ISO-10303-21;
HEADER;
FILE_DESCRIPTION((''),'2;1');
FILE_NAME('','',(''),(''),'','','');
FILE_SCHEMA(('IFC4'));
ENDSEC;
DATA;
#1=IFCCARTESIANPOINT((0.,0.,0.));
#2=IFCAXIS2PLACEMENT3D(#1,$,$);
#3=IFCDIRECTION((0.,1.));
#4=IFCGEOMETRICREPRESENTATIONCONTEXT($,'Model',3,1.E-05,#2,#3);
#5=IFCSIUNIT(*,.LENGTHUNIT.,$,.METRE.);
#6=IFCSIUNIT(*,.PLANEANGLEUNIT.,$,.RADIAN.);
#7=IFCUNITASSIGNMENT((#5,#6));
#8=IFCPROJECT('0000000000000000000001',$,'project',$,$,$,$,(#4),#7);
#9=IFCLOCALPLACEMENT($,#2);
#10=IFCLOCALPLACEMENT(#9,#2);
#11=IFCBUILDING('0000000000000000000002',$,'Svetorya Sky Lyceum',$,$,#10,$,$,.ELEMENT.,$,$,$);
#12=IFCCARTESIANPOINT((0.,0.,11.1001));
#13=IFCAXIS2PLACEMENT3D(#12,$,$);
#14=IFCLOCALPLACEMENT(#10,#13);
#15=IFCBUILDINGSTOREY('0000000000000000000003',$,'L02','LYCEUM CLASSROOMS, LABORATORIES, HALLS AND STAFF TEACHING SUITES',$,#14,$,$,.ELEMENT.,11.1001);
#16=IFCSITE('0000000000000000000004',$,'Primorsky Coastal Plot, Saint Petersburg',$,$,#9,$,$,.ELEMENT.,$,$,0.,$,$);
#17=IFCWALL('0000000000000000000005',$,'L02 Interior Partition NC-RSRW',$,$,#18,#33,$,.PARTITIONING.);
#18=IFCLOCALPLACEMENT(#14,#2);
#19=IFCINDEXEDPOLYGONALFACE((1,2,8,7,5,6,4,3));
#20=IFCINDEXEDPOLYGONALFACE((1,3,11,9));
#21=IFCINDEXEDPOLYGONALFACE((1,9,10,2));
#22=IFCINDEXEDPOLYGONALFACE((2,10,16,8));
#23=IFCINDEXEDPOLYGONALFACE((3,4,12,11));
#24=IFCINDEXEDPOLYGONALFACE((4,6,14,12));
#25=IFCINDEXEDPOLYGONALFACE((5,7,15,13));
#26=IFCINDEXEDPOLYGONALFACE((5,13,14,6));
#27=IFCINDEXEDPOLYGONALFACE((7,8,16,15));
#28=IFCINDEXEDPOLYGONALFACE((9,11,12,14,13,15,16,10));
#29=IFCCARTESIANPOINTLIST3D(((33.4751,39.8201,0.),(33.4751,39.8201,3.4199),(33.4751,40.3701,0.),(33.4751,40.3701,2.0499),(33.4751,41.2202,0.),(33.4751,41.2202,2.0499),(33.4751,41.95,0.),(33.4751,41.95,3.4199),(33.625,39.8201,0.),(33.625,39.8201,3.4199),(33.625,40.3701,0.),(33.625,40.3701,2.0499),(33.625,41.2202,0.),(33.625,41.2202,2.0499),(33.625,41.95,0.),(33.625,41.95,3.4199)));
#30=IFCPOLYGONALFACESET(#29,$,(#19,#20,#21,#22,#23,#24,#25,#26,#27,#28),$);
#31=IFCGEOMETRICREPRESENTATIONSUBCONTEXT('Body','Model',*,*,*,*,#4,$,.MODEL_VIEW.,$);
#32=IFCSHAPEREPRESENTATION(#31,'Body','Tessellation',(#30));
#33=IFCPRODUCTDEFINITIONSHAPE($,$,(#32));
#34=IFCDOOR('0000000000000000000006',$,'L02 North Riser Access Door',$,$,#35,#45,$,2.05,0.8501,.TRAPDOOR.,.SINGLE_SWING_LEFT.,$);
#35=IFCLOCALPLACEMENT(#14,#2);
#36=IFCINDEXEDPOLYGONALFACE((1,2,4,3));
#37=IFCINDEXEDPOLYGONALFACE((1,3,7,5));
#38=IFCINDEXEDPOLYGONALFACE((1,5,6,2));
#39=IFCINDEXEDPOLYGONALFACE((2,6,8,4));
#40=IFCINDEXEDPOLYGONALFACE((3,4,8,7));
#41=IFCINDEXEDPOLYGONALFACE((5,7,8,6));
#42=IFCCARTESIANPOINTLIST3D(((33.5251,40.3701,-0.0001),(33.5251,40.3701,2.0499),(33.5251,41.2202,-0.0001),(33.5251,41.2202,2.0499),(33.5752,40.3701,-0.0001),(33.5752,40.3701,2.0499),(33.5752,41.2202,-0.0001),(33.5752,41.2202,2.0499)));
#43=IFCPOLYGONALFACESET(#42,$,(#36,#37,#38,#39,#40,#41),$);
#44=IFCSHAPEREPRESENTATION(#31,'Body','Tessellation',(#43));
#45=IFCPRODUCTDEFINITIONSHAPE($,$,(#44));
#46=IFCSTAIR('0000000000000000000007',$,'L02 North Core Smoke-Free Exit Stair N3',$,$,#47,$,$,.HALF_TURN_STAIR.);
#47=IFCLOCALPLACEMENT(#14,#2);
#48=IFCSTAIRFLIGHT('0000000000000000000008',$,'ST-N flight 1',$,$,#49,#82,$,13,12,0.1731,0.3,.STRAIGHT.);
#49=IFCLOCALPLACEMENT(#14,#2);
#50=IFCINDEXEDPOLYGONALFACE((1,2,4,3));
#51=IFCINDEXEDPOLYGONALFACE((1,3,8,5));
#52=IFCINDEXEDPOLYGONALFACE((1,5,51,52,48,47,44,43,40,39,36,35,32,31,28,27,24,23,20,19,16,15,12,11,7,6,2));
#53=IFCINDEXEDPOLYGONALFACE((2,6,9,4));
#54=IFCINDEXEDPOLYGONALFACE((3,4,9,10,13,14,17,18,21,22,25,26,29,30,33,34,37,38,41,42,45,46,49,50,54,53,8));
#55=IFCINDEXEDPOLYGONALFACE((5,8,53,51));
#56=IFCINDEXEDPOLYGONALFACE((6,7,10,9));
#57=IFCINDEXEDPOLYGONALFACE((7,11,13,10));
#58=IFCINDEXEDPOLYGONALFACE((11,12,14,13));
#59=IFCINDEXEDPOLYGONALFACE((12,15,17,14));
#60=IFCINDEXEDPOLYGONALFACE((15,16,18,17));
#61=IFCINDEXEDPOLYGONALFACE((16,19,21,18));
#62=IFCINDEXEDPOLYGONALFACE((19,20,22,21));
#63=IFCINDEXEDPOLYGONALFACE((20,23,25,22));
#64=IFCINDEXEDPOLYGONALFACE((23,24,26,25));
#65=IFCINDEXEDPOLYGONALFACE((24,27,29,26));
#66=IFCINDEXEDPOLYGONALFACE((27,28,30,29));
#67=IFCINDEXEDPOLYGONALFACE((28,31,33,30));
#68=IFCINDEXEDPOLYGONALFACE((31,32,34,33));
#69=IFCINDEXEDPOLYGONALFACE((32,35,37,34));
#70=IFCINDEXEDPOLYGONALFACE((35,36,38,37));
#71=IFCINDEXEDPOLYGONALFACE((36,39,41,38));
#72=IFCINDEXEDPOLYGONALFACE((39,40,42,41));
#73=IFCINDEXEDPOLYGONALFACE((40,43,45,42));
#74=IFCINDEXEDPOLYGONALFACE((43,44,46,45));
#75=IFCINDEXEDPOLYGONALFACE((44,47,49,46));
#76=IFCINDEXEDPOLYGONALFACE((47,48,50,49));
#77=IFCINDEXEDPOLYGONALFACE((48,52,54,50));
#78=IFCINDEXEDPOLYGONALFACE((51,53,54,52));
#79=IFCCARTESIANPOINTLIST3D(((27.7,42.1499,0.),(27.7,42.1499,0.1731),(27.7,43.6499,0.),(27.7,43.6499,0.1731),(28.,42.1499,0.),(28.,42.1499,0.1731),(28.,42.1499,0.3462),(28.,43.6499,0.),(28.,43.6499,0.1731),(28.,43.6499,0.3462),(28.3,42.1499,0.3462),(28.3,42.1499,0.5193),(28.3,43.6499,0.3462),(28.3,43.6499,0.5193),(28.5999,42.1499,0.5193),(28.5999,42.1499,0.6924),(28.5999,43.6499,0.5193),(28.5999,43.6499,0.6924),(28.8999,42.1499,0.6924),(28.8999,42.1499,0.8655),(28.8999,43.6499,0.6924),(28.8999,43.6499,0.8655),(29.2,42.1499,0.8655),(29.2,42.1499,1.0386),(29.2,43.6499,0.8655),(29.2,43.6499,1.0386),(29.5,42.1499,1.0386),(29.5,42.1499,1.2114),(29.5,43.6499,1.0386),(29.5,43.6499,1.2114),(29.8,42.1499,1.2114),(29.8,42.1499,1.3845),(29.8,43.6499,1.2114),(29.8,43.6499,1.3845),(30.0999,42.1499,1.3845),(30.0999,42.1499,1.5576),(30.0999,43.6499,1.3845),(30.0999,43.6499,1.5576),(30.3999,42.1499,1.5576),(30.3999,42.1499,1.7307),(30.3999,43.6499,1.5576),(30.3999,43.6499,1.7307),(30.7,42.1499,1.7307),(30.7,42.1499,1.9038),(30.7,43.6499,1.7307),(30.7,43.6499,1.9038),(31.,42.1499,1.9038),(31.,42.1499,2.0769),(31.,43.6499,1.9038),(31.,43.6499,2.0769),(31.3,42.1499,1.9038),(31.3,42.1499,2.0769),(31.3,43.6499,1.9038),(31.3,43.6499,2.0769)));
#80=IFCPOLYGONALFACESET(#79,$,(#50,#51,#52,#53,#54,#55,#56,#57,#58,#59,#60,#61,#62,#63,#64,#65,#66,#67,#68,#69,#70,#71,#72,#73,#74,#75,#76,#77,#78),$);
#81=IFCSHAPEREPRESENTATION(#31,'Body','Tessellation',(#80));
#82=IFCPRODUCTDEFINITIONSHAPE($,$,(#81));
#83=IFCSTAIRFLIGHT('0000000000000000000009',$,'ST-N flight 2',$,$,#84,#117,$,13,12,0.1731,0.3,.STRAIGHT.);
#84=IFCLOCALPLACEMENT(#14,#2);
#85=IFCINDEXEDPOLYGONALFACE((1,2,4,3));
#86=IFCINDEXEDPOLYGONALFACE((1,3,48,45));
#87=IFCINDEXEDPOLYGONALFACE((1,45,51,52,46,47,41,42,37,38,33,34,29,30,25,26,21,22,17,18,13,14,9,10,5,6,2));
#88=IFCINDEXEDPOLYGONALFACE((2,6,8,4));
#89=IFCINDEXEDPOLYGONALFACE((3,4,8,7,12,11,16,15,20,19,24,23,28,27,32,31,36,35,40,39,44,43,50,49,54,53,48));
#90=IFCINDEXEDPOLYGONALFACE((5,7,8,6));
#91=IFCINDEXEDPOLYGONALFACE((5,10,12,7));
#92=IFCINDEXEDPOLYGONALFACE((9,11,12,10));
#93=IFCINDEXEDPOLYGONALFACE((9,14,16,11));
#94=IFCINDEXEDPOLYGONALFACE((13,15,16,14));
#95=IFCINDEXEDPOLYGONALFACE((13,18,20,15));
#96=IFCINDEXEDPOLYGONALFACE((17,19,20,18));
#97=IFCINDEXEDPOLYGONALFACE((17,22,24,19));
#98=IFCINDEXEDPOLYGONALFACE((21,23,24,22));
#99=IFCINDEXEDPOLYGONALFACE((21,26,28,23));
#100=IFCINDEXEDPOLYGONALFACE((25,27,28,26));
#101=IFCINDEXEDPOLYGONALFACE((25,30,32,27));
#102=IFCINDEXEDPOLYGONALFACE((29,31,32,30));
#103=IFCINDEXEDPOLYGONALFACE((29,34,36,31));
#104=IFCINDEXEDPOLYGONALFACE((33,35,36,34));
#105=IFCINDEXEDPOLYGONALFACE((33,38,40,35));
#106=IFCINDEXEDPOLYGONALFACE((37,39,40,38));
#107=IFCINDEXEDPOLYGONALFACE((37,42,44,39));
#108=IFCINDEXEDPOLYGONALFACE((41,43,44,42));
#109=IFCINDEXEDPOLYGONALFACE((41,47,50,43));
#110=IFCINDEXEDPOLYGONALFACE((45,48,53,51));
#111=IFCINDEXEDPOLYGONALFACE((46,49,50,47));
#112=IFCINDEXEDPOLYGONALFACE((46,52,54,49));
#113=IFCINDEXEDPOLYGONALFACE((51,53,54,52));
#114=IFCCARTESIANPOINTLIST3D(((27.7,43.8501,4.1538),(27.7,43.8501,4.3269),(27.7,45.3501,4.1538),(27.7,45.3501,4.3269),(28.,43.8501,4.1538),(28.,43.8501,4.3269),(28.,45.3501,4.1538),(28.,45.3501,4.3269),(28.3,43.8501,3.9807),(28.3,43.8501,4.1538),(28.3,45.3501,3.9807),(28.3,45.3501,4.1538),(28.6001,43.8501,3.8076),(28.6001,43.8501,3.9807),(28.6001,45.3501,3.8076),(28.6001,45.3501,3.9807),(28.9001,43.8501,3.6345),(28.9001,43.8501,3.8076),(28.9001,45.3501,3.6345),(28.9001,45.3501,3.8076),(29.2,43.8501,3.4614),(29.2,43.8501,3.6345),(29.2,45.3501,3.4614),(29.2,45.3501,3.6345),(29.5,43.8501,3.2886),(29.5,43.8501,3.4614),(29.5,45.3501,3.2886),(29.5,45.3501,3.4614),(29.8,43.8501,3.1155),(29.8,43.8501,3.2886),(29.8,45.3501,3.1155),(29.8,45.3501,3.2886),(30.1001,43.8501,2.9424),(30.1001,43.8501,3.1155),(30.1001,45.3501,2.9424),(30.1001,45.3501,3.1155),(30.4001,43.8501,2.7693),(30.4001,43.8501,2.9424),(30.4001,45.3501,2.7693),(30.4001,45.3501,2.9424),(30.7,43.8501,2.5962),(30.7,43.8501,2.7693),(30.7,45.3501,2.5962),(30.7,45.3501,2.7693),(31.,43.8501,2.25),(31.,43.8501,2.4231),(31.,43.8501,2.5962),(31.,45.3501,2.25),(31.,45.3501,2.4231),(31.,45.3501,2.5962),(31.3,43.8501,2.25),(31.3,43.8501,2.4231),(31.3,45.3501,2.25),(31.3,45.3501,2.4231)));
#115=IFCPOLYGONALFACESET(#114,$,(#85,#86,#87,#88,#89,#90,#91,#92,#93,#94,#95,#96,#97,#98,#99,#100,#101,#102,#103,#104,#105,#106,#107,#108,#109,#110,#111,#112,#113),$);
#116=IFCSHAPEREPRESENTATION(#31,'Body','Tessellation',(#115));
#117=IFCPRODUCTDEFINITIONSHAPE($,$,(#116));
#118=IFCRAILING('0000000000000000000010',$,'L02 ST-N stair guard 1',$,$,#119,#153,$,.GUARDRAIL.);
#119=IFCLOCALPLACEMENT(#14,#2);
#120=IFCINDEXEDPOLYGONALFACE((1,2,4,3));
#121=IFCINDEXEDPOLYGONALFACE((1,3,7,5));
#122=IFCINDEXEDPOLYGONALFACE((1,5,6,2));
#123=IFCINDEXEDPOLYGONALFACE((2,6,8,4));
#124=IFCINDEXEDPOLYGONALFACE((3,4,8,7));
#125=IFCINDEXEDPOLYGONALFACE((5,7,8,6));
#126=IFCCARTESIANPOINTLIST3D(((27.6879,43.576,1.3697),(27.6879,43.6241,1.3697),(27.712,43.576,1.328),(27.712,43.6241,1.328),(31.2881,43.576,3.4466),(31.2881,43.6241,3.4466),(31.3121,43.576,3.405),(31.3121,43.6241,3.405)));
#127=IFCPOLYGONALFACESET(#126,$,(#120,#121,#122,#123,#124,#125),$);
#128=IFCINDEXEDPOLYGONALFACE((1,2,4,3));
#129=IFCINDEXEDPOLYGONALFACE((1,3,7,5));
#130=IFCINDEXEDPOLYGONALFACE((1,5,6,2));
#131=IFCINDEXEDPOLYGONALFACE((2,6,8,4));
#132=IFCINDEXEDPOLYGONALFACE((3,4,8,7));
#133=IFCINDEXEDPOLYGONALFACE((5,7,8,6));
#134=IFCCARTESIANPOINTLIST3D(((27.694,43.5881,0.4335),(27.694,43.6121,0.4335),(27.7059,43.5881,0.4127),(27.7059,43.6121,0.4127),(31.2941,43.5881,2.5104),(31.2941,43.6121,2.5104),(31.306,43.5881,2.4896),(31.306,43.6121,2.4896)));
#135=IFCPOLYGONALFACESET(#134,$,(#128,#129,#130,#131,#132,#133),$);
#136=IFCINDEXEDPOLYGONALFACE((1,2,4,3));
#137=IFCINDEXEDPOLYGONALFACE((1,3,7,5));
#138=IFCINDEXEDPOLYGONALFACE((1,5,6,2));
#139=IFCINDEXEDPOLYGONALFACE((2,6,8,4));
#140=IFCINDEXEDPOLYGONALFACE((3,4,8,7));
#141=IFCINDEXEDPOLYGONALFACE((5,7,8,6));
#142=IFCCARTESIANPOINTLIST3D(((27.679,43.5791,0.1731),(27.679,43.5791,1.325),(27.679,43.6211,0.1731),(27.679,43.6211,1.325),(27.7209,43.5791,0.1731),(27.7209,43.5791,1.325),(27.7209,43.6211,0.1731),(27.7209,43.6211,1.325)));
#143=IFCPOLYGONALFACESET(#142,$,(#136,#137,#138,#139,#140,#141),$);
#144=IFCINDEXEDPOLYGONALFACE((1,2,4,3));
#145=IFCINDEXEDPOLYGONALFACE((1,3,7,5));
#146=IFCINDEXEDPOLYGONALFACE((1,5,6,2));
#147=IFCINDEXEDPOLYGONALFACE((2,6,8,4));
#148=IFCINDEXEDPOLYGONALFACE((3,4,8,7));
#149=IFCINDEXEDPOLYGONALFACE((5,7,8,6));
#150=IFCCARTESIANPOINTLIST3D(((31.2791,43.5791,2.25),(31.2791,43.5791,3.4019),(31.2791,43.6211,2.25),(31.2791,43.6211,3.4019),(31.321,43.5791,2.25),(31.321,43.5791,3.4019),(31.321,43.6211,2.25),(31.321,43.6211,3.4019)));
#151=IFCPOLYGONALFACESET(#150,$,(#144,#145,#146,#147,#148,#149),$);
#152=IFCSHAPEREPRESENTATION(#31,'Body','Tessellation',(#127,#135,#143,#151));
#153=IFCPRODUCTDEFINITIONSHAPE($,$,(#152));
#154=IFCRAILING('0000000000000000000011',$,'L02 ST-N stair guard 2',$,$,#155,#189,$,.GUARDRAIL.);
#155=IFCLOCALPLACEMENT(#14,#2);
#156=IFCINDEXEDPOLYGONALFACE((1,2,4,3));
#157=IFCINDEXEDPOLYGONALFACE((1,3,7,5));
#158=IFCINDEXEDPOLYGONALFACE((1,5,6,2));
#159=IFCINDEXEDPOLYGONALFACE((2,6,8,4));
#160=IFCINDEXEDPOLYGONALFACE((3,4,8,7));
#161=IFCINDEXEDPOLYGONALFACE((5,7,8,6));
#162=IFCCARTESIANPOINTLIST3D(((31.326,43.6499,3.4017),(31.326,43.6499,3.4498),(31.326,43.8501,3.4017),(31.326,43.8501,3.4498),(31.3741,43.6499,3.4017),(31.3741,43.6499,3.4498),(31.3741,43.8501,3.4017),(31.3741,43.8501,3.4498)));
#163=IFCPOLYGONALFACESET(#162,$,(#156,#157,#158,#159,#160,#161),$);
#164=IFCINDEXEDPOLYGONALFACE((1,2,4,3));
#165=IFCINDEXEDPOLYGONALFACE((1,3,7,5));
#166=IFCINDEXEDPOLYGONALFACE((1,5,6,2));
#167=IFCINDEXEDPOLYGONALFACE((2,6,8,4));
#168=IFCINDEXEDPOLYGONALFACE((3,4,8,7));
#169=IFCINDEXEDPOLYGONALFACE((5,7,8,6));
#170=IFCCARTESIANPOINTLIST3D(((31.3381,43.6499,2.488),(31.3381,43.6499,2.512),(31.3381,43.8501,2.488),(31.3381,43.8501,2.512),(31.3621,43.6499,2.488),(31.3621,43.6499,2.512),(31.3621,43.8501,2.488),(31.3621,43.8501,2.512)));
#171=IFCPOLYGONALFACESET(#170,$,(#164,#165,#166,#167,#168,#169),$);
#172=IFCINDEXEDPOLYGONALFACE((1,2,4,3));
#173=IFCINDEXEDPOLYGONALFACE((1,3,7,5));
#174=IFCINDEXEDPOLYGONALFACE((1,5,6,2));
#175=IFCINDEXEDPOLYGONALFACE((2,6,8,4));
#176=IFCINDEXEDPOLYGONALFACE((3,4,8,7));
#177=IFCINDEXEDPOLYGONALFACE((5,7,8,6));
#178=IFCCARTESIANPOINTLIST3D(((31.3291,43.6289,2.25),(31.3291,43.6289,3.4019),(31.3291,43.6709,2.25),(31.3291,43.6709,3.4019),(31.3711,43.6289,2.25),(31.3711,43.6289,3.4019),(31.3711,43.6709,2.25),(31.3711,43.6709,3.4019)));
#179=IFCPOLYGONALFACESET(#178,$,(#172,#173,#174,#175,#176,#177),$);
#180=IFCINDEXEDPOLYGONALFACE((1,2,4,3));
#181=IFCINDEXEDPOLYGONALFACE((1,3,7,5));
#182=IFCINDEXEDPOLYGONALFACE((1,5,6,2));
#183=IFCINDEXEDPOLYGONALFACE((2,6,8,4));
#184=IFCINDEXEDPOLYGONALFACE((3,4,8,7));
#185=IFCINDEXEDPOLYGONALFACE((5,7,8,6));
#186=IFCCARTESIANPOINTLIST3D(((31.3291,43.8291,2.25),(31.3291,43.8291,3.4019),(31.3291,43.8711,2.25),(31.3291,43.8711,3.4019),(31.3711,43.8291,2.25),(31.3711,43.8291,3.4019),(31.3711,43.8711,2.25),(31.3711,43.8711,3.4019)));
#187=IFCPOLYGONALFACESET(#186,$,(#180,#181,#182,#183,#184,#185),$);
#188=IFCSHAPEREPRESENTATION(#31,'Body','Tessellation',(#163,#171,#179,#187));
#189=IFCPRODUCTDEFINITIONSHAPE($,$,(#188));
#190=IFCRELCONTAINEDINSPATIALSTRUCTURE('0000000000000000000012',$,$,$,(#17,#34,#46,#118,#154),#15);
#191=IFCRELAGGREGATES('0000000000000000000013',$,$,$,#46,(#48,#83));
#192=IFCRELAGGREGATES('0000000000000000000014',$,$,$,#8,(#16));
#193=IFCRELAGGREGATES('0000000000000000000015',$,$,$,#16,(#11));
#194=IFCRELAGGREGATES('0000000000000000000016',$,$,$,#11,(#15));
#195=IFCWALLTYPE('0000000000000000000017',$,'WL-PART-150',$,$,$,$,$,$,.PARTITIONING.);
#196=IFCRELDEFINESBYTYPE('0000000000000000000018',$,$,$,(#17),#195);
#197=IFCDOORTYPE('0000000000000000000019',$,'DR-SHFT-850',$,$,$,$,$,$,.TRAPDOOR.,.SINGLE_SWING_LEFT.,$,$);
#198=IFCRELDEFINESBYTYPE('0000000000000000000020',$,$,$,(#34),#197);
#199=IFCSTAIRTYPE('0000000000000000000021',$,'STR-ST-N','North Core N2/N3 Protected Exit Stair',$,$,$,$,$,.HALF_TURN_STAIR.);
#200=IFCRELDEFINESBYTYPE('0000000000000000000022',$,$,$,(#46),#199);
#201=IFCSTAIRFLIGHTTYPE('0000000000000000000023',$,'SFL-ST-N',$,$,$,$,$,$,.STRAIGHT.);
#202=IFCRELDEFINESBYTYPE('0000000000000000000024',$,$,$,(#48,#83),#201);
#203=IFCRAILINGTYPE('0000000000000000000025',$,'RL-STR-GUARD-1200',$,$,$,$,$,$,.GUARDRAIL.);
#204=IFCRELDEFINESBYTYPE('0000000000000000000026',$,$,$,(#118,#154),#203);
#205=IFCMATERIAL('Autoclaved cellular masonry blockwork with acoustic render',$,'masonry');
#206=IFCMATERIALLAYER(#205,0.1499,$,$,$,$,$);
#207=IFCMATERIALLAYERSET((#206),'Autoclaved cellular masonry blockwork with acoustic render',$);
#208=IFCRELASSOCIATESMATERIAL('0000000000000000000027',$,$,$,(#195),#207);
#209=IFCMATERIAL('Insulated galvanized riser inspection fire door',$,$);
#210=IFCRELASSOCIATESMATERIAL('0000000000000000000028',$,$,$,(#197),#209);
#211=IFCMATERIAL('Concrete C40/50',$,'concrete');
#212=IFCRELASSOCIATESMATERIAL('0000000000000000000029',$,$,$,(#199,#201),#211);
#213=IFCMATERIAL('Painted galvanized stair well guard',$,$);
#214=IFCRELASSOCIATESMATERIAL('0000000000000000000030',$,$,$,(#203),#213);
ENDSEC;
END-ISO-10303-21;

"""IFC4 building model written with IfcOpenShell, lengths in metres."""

from ifc_helpers import new_model, si_unit, direction, frame, frame_2d, origin, origin_2d, place, context, subcontext, project, spatial, polyline, rectangle, outline, extrude, material, layer, layer_set, type_object, element, fill, aggregate, save


model = new_model("IFC4")

# Units and contexts
model_context = context("Model", 3, precision=1e-05, world=origin(), true_north=direction((0.0, 1.0)))
body_context = subcontext(model_context, "Body", "Model", "MODEL_VIEW")
ifc_project = project(units=[si_unit("LENGTHUNIT", "METRE"), si_unit("PLANEANGLEUNIT", "RADIAN")], contexts=[model_context])

# Site, building, storey
site_placement = place(None, origin())
site = spatial("IfcSite", under=ifc_project, at=site_placement, Name="Primorsky Coastal Plot, Saint Petersburg", CompositionType="ELEMENT", RefElevation=0.0)
building_placement = place(site_placement, origin())
building = spatial("IfcBuilding", under=site, at=building_placement, Name="Svetorya Sky Lyceum", CompositionType="ELEMENT")
storey_placement = place(building_placement, frame((0.0, 0.0, 11.1001)))
storey = spatial("IfcBuildingStorey", under=building, at=storey_placement, Name="L02", Description="LYCEUM CLASSROOMS, LABORATORIES, HALLS AND STAFF TEACHING SUITES", CompositionType="ELEMENT", Elevation=11.1001)

# Wall, opening, door
ifc_material_1 = material(Name="Autoclaved cellular masonry blockwork with acoustic render", Category="masonry")
ifc_layer_1 = layer(ifc_material_1, 0.1499)
ifc_layer_set_1 = layer_set([ifc_layer_1], Name="Autoclaved cellular masonry blockwork with acoustic render")
wall_type_1 = type_object("IfcWallType", Name="WL-PART-150", PredefinedType="PARTITIONING", material=ifc_layer_set_1)
wall_1_placement = place(storey_placement, frame((33.55, 39.8201, 0.0), z_axis=(0.0, 0.0, 1.0), x_axis=(0.0, 1.0, 0.0)))
wall_1 = element("IfcWall", 1, at=wall_1_placement, inside=storey, type_object=wall_type_1, Name="L02 Interior Partition NC-RSRW", PredefinedType="PARTITIONING", context=body_context, shape_type="SweptSolid", body=[
    extrude(rectangle(XDim=2.1299, YDim=0.1499, at=frame_2d((1.0649, 0.0))), origin(), (0.0, 0.0, 1.0), 3.4199),
])
opening_placement = place(wall_1_placement, frame((0.55, 0.0, 0.0)))
opening = element("IfcOpeningElement", 2, at=opening_placement, cuts=wall_1, PredefinedType="OPENING", context=body_context, shape_type="SweptSolid", body=[
    extrude(rectangle(XDim=0.8501, YDim=2.05, at=frame_2d((0.425, 1.0249))), frame((0.0, 0.085, 0.0), z_axis=(0.0, -1.0, 0.0), x_axis=(1.0, 0.0, 0.0)), (0.0, 0.0, 1.0), 0.1699),
])
ifc_material_2 = material(Name="Insulated galvanized riser inspection fire door")
door_type = type_object("IfcDoorType", Name="DR-SHFT-850", OperationType="SINGLE_SWING_LEFT", PredefinedType="TRAPDOOR", material=ifc_material_2)
door_placement = place(opening_placement, origin())
door = element("IfcDoor", 3, at=door_placement, inside=storey, type_object=door_type, Name="L02 North Riser Access Door", OperationType="SINGLE_SWING_LEFT", OverallHeight=2.05, OverallWidth=0.8501, PredefinedType="TRAPDOOR", context=body_context, shape_type="SweptSolid", body=[
    extrude(rectangle(XDim=0.8501, YDim=2.05, at=frame_2d((0.425, 1.0249))), frame((0.0, 0.0249, 0.0), z_axis=(0.0, -1.0, 0.0), x_axis=(1.0, 0.0, 0.0)), (0.0, 0.0, 1.0), 0.05),
])
fill(opening, door)

# Stair, stair flights
ifc_material_3 = material(Name="Concrete C40/50", Category="concrete")
stair_type = type_object("IfcStairType", Name="STR-ST-N", Description="North Core N2/N3 Protected Exit Stair", PredefinedType="HALF_TURN_STAIR", material=ifc_material_3)
stair_placement = place(storey_placement, origin())
stair = element("IfcStair", 4, at=stair_placement, inside=storey, type_object=stair_type, Name="L02 North Core Smoke-Free Exit Stair N3", PredefinedType="HALF_TURN_STAIR")
stair_flight_type = type_object("IfcStairFlightType", Name="SFL-ST-N", PredefinedType="STRAIGHT", material=ifc_material_3)
stair_flight_1_placement = place(storey_placement, frame((27.7, 42.8999, 0.0), z_axis=(0.0, 0.0, 1.0), x_axis=(1.0, 0.0, 0.0)))
stair_flight_1 = element("IfcStairFlight", 5, at=stair_flight_1_placement, type_object=stair_flight_type, Name="ST-N flight 1", NumberOfRisers=13, NumberOfTreads=12, PredefinedType="STRAIGHT", RiserHeight=0.1731, TreadLength=0.3, context=body_context, shape_type="SweptSolid", body=[
    extrude(outline(polyline([(0.0, 0.0), (0.0, 0.1731), (0.3, 0.1731), (0.3, 0.3462), (0.6001, 0.3462), (0.6001, 0.5193), (0.8999, 0.5193), (0.8999, 0.6924), (1.2, 0.6924), (1.2, 0.8655), (1.5, 0.8655), (1.5, 1.0386), (1.8, 1.0386), (1.8, 1.2114), (2.1001, 1.2114), (2.1001, 1.3845), (2.3999, 1.3845), (2.3999, 1.5576), (2.7, 1.5576), (2.7, 1.7307), (3.0, 1.7307), (3.0, 1.9038), (3.3, 1.9038), (3.3, 2.0769), (3.6001, 2.0769), (3.6001, 2.25), (3.6001, 1.9038), (0.3, 0.0), (0.0, 0.0)])), frame((0.0, 0.75, 0.0), z_axis=(0.0, -1.0, 0.0), x_axis=(1.0, 0.0, 0.0)), (0.0, 0.0, 1.0), 1.5),
])
stair_flight_2_placement = place(storey_placement, frame((31.3, 44.6001, 2.25), z_axis=(0.0, 0.0, 1.0), x_axis=(-1.0, 0.0, 0.0)))
stair_flight_2 = element("IfcStairFlight", 6, at=stair_flight_2_placement, type_object=stair_flight_type, Name="ST-N flight 2", NumberOfRisers=13, NumberOfTreads=12, PredefinedType="STRAIGHT", RiserHeight=0.1731, TreadLength=0.3, context=body_context, shape_type="SweptSolid", body=[
    extrude(outline(polyline([(0.0, 0.0), (0.0, 0.1731), (0.3, 0.1731), (0.3, 0.3462), (0.6001, 0.3462), (0.6001, 0.5193), (0.8999, 0.5193), (0.8999, 0.6924), (1.2, 0.6924), (1.2, 0.8655), (1.5, 0.8655), (1.5, 1.0386), (1.8, 1.0386), (1.8, 1.2114), (2.1001, 1.2114), (2.1001, 1.3845), (2.3999, 1.3845), (2.3999, 1.5576), (2.7, 1.5576), (2.7, 1.7307), (3.0, 1.7307), (3.0, 1.9038), (3.3, 1.9038), (3.3, 2.0769), (3.6001, 2.0769), (3.6001, 2.25), (3.6001, 1.9038), (0.3, 0.0), (0.0, 0.0)])), frame((0.0, 0.75, 0.0), z_axis=(0.0, -1.0, 0.0), x_axis=(1.0, 0.0, 0.0)), (0.0, 0.0, 1.0), 1.5),
])
aggregate(stair, [stair_flight_1, stair_flight_2])

# Railings
ifc_material_4 = material(Name="Painted galvanized stair well guard")
railing_type_1 = type_object("IfcRailingType", Name="RL-STR-GUARD-1200", PredefinedType="GUARDRAIL", material=ifc_material_4)
railing_1_placement = place(storey_placement, frame((27.7, 43.6001, 0.1731)))
element("IfcRailing", 7, at=railing_1_placement, inside=storey, type_object=railing_type_1, Name="L02 ST-N stair guard 1", PredefinedType="GUARDRAIL", context=body_context, shape_type="SweptSolid", body=[
    extrude(rectangle(XDim=0.0481, YDim=0.0481, at=origin_2d()), frame((0.0, 0.0, 1.1758), z_axis=(0.866193, 0.0, 0.499709), x_axis=(0.0, 1.0, 0.0)), (0.0, 0.0, 1.0), 4.1562),
    extrude(rectangle(XDim=0.0239, YDim=0.0239, at=origin_2d()), frame((0.0, 0.0, 0.25), z_axis=(0.866193, 0.0, 0.499709), x_axis=(0.0, 1.0, 0.0)), (0.0, 0.0, 1.0), 4.1562),
    extrude(rectangle(XDim=0.042, YDim=0.042, at=origin_2d()), origin(), (0.0, 0.0, 1.0), 1.1519),
    extrude(rectangle(XDim=0.042, YDim=0.042, at=origin_2d()), frame((3.6001, 0.0, 2.0769)), (0.0, 0.0, 1.0), 1.1519),
])
railing_2_placement = place(storey_placement, frame((31.3501, 43.6499, 2.25)))
element("IfcRailing", 8, at=railing_2_placement, inside=storey, type_object=railing_type_1, Name="L02 ST-N stair guard 2", PredefinedType="GUARDRAIL", context=body_context, shape_type="SweptSolid", body=[
    extrude(rectangle(XDim=0.0481, YDim=0.0481, at=origin_2d()), frame((0.0, 0.0, 1.1758), z_axis=(0.0, 1.0, 0.0), x_axis=(-1.0, 0.0, 0.0)), (0.0, 0.0, 1.0), 0.2002),
    extrude(rectangle(XDim=0.0239, YDim=0.0239, at=origin_2d()), frame((0.0, 0.0, 0.25), z_axis=(0.0, 1.0, 0.0), x_axis=(-1.0, 0.0, 0.0)), (0.0, 0.0, 1.0), 0.2002),
    extrude(rectangle(XDim=0.042, YDim=0.042, at=origin_2d()), origin(), (0.0, 0.0, 1.0), 1.1519),
    extrude(rectangle(XDim=0.042, YDim=0.042, at=origin_2d()), frame((0.0, 0.2002, 0.0)), (0.0, 0.0, 1.0), 1.1519),
])

save(model, "model.ifc")
